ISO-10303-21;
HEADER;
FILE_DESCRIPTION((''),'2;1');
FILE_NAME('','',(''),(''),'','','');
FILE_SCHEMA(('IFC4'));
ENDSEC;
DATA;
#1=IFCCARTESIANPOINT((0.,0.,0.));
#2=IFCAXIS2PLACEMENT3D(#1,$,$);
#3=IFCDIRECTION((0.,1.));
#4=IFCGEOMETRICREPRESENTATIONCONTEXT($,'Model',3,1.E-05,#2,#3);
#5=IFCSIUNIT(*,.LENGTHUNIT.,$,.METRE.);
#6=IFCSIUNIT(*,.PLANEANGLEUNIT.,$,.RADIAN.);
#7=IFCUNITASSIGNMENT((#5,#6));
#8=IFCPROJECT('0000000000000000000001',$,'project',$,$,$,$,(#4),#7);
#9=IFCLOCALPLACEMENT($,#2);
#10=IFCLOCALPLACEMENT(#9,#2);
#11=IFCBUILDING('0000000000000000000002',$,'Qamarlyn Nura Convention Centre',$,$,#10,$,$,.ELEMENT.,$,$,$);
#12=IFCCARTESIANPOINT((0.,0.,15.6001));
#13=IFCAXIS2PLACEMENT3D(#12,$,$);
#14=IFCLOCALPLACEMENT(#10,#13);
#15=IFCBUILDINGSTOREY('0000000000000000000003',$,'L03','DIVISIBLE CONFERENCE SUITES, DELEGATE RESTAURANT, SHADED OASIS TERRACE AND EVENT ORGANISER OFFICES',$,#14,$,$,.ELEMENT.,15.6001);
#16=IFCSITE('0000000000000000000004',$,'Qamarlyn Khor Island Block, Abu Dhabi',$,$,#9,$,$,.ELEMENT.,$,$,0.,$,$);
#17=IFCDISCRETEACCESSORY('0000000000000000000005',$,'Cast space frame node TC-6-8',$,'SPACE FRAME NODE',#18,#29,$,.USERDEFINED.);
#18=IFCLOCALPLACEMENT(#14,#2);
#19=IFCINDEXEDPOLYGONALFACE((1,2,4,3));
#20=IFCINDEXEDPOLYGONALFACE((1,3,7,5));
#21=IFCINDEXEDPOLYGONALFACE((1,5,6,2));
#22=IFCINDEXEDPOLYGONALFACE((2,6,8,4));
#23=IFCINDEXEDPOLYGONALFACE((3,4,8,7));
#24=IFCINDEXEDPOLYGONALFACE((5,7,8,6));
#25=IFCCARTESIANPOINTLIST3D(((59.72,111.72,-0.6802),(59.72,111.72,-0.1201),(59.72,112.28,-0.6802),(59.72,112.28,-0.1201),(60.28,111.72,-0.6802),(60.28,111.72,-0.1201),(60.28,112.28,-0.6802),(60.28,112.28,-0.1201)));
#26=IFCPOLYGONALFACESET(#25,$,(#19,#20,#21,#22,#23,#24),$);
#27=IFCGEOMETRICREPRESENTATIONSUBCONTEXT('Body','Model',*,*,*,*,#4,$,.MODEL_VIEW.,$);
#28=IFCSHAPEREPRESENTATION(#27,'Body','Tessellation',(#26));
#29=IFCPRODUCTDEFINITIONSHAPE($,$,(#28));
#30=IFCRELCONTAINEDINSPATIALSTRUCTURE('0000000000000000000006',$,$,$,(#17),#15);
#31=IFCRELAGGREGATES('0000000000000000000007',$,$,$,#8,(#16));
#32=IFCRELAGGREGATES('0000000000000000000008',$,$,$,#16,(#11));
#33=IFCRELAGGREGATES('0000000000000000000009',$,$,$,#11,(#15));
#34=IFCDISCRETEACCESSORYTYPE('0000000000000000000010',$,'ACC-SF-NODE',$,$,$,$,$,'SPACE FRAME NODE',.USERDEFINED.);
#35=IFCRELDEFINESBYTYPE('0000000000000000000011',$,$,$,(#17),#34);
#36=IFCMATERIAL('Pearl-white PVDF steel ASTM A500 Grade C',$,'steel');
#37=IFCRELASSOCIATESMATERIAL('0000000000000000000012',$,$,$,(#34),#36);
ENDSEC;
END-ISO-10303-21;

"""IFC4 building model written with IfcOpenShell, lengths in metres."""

from ifc_helpers import new_model, si_unit, direction, frame, origin, origin_2d, place, context, subcontext, project, spatial, rectangle, extrude, material, type_object, element, save


model = new_model("IFC4")

# Units and contexts
model_context = context("Model", 3, precision=1e-05, world=origin(), true_north=direction((0.0, 1.0)))
body_context = subcontext(model_context, "Body", "Model", "MODEL_VIEW")
ifc_project = project(units=[si_unit("LENGTHUNIT", "METRE"), si_unit("PLANEANGLEUNIT", "RADIAN")], contexts=[model_context])

# Site, building, storey
site_placement = place(None, origin())
site = spatial("IfcSite", under=ifc_project, at=site_placement, Name="Qamarlyn Khor Island Block, Abu Dhabi", CompositionType="ELEMENT", RefElevation=0.0)
building_placement = place(site_placement, origin())
building = spatial("IfcBuilding", under=site, at=building_placement, Name="Qamarlyn Nura Convention Centre", CompositionType="ELEMENT")
storey_placement = place(building_placement, frame((0.0, 0.0, 15.6001)))
storey = spatial("IfcBuildingStorey", under=building, at=storey_placement, Name="L03", Description="DIVISIBLE CONFERENCE SUITES, DELEGATE RESTAURANT, SHADED OASIS TERRACE AND EVENT ORGANISER OFFICES", CompositionType="ELEMENT", Elevation=15.6001)

# Shared definitions
ifc_material_1 = material(Name="Pearl-white PVDF steel ASTM A500 Grade C", Category="steel")

# Discrete accessory
discrete_accessory_type = type_object("IfcDiscreteAccessoryType", Name="ACC-SF-NODE", ElementType="SPACE FRAME NODE", PredefinedType="USERDEFINED", material=ifc_material_1)
for number, where, z_axis, x_axis, name in (
    (1, (60.0, 112.0, -0.6802), (0.0, 0.0, 1.0), (1.0, 0.0, 0.0), "Cast space frame node TC-6-8"),
):
    element("IfcDiscreteAccessory", number, at=place(storey_placement, frame(where, z_axis=z_axis, x_axis=x_axis)), inside=storey, type_object=discrete_accessory_type, Name=name, ObjectType="SPACE FRAME NODE", PredefinedType="USERDEFINED", context=body_context, shape_type="SweptSolid", body=[
        extrude(rectangle(XDim=0.5601, YDim=0.5601, at=origin_2d()), origin(), (0.0, 0.0, 1.0), 0.5601),
    ])

save(model, "model.ifc")
